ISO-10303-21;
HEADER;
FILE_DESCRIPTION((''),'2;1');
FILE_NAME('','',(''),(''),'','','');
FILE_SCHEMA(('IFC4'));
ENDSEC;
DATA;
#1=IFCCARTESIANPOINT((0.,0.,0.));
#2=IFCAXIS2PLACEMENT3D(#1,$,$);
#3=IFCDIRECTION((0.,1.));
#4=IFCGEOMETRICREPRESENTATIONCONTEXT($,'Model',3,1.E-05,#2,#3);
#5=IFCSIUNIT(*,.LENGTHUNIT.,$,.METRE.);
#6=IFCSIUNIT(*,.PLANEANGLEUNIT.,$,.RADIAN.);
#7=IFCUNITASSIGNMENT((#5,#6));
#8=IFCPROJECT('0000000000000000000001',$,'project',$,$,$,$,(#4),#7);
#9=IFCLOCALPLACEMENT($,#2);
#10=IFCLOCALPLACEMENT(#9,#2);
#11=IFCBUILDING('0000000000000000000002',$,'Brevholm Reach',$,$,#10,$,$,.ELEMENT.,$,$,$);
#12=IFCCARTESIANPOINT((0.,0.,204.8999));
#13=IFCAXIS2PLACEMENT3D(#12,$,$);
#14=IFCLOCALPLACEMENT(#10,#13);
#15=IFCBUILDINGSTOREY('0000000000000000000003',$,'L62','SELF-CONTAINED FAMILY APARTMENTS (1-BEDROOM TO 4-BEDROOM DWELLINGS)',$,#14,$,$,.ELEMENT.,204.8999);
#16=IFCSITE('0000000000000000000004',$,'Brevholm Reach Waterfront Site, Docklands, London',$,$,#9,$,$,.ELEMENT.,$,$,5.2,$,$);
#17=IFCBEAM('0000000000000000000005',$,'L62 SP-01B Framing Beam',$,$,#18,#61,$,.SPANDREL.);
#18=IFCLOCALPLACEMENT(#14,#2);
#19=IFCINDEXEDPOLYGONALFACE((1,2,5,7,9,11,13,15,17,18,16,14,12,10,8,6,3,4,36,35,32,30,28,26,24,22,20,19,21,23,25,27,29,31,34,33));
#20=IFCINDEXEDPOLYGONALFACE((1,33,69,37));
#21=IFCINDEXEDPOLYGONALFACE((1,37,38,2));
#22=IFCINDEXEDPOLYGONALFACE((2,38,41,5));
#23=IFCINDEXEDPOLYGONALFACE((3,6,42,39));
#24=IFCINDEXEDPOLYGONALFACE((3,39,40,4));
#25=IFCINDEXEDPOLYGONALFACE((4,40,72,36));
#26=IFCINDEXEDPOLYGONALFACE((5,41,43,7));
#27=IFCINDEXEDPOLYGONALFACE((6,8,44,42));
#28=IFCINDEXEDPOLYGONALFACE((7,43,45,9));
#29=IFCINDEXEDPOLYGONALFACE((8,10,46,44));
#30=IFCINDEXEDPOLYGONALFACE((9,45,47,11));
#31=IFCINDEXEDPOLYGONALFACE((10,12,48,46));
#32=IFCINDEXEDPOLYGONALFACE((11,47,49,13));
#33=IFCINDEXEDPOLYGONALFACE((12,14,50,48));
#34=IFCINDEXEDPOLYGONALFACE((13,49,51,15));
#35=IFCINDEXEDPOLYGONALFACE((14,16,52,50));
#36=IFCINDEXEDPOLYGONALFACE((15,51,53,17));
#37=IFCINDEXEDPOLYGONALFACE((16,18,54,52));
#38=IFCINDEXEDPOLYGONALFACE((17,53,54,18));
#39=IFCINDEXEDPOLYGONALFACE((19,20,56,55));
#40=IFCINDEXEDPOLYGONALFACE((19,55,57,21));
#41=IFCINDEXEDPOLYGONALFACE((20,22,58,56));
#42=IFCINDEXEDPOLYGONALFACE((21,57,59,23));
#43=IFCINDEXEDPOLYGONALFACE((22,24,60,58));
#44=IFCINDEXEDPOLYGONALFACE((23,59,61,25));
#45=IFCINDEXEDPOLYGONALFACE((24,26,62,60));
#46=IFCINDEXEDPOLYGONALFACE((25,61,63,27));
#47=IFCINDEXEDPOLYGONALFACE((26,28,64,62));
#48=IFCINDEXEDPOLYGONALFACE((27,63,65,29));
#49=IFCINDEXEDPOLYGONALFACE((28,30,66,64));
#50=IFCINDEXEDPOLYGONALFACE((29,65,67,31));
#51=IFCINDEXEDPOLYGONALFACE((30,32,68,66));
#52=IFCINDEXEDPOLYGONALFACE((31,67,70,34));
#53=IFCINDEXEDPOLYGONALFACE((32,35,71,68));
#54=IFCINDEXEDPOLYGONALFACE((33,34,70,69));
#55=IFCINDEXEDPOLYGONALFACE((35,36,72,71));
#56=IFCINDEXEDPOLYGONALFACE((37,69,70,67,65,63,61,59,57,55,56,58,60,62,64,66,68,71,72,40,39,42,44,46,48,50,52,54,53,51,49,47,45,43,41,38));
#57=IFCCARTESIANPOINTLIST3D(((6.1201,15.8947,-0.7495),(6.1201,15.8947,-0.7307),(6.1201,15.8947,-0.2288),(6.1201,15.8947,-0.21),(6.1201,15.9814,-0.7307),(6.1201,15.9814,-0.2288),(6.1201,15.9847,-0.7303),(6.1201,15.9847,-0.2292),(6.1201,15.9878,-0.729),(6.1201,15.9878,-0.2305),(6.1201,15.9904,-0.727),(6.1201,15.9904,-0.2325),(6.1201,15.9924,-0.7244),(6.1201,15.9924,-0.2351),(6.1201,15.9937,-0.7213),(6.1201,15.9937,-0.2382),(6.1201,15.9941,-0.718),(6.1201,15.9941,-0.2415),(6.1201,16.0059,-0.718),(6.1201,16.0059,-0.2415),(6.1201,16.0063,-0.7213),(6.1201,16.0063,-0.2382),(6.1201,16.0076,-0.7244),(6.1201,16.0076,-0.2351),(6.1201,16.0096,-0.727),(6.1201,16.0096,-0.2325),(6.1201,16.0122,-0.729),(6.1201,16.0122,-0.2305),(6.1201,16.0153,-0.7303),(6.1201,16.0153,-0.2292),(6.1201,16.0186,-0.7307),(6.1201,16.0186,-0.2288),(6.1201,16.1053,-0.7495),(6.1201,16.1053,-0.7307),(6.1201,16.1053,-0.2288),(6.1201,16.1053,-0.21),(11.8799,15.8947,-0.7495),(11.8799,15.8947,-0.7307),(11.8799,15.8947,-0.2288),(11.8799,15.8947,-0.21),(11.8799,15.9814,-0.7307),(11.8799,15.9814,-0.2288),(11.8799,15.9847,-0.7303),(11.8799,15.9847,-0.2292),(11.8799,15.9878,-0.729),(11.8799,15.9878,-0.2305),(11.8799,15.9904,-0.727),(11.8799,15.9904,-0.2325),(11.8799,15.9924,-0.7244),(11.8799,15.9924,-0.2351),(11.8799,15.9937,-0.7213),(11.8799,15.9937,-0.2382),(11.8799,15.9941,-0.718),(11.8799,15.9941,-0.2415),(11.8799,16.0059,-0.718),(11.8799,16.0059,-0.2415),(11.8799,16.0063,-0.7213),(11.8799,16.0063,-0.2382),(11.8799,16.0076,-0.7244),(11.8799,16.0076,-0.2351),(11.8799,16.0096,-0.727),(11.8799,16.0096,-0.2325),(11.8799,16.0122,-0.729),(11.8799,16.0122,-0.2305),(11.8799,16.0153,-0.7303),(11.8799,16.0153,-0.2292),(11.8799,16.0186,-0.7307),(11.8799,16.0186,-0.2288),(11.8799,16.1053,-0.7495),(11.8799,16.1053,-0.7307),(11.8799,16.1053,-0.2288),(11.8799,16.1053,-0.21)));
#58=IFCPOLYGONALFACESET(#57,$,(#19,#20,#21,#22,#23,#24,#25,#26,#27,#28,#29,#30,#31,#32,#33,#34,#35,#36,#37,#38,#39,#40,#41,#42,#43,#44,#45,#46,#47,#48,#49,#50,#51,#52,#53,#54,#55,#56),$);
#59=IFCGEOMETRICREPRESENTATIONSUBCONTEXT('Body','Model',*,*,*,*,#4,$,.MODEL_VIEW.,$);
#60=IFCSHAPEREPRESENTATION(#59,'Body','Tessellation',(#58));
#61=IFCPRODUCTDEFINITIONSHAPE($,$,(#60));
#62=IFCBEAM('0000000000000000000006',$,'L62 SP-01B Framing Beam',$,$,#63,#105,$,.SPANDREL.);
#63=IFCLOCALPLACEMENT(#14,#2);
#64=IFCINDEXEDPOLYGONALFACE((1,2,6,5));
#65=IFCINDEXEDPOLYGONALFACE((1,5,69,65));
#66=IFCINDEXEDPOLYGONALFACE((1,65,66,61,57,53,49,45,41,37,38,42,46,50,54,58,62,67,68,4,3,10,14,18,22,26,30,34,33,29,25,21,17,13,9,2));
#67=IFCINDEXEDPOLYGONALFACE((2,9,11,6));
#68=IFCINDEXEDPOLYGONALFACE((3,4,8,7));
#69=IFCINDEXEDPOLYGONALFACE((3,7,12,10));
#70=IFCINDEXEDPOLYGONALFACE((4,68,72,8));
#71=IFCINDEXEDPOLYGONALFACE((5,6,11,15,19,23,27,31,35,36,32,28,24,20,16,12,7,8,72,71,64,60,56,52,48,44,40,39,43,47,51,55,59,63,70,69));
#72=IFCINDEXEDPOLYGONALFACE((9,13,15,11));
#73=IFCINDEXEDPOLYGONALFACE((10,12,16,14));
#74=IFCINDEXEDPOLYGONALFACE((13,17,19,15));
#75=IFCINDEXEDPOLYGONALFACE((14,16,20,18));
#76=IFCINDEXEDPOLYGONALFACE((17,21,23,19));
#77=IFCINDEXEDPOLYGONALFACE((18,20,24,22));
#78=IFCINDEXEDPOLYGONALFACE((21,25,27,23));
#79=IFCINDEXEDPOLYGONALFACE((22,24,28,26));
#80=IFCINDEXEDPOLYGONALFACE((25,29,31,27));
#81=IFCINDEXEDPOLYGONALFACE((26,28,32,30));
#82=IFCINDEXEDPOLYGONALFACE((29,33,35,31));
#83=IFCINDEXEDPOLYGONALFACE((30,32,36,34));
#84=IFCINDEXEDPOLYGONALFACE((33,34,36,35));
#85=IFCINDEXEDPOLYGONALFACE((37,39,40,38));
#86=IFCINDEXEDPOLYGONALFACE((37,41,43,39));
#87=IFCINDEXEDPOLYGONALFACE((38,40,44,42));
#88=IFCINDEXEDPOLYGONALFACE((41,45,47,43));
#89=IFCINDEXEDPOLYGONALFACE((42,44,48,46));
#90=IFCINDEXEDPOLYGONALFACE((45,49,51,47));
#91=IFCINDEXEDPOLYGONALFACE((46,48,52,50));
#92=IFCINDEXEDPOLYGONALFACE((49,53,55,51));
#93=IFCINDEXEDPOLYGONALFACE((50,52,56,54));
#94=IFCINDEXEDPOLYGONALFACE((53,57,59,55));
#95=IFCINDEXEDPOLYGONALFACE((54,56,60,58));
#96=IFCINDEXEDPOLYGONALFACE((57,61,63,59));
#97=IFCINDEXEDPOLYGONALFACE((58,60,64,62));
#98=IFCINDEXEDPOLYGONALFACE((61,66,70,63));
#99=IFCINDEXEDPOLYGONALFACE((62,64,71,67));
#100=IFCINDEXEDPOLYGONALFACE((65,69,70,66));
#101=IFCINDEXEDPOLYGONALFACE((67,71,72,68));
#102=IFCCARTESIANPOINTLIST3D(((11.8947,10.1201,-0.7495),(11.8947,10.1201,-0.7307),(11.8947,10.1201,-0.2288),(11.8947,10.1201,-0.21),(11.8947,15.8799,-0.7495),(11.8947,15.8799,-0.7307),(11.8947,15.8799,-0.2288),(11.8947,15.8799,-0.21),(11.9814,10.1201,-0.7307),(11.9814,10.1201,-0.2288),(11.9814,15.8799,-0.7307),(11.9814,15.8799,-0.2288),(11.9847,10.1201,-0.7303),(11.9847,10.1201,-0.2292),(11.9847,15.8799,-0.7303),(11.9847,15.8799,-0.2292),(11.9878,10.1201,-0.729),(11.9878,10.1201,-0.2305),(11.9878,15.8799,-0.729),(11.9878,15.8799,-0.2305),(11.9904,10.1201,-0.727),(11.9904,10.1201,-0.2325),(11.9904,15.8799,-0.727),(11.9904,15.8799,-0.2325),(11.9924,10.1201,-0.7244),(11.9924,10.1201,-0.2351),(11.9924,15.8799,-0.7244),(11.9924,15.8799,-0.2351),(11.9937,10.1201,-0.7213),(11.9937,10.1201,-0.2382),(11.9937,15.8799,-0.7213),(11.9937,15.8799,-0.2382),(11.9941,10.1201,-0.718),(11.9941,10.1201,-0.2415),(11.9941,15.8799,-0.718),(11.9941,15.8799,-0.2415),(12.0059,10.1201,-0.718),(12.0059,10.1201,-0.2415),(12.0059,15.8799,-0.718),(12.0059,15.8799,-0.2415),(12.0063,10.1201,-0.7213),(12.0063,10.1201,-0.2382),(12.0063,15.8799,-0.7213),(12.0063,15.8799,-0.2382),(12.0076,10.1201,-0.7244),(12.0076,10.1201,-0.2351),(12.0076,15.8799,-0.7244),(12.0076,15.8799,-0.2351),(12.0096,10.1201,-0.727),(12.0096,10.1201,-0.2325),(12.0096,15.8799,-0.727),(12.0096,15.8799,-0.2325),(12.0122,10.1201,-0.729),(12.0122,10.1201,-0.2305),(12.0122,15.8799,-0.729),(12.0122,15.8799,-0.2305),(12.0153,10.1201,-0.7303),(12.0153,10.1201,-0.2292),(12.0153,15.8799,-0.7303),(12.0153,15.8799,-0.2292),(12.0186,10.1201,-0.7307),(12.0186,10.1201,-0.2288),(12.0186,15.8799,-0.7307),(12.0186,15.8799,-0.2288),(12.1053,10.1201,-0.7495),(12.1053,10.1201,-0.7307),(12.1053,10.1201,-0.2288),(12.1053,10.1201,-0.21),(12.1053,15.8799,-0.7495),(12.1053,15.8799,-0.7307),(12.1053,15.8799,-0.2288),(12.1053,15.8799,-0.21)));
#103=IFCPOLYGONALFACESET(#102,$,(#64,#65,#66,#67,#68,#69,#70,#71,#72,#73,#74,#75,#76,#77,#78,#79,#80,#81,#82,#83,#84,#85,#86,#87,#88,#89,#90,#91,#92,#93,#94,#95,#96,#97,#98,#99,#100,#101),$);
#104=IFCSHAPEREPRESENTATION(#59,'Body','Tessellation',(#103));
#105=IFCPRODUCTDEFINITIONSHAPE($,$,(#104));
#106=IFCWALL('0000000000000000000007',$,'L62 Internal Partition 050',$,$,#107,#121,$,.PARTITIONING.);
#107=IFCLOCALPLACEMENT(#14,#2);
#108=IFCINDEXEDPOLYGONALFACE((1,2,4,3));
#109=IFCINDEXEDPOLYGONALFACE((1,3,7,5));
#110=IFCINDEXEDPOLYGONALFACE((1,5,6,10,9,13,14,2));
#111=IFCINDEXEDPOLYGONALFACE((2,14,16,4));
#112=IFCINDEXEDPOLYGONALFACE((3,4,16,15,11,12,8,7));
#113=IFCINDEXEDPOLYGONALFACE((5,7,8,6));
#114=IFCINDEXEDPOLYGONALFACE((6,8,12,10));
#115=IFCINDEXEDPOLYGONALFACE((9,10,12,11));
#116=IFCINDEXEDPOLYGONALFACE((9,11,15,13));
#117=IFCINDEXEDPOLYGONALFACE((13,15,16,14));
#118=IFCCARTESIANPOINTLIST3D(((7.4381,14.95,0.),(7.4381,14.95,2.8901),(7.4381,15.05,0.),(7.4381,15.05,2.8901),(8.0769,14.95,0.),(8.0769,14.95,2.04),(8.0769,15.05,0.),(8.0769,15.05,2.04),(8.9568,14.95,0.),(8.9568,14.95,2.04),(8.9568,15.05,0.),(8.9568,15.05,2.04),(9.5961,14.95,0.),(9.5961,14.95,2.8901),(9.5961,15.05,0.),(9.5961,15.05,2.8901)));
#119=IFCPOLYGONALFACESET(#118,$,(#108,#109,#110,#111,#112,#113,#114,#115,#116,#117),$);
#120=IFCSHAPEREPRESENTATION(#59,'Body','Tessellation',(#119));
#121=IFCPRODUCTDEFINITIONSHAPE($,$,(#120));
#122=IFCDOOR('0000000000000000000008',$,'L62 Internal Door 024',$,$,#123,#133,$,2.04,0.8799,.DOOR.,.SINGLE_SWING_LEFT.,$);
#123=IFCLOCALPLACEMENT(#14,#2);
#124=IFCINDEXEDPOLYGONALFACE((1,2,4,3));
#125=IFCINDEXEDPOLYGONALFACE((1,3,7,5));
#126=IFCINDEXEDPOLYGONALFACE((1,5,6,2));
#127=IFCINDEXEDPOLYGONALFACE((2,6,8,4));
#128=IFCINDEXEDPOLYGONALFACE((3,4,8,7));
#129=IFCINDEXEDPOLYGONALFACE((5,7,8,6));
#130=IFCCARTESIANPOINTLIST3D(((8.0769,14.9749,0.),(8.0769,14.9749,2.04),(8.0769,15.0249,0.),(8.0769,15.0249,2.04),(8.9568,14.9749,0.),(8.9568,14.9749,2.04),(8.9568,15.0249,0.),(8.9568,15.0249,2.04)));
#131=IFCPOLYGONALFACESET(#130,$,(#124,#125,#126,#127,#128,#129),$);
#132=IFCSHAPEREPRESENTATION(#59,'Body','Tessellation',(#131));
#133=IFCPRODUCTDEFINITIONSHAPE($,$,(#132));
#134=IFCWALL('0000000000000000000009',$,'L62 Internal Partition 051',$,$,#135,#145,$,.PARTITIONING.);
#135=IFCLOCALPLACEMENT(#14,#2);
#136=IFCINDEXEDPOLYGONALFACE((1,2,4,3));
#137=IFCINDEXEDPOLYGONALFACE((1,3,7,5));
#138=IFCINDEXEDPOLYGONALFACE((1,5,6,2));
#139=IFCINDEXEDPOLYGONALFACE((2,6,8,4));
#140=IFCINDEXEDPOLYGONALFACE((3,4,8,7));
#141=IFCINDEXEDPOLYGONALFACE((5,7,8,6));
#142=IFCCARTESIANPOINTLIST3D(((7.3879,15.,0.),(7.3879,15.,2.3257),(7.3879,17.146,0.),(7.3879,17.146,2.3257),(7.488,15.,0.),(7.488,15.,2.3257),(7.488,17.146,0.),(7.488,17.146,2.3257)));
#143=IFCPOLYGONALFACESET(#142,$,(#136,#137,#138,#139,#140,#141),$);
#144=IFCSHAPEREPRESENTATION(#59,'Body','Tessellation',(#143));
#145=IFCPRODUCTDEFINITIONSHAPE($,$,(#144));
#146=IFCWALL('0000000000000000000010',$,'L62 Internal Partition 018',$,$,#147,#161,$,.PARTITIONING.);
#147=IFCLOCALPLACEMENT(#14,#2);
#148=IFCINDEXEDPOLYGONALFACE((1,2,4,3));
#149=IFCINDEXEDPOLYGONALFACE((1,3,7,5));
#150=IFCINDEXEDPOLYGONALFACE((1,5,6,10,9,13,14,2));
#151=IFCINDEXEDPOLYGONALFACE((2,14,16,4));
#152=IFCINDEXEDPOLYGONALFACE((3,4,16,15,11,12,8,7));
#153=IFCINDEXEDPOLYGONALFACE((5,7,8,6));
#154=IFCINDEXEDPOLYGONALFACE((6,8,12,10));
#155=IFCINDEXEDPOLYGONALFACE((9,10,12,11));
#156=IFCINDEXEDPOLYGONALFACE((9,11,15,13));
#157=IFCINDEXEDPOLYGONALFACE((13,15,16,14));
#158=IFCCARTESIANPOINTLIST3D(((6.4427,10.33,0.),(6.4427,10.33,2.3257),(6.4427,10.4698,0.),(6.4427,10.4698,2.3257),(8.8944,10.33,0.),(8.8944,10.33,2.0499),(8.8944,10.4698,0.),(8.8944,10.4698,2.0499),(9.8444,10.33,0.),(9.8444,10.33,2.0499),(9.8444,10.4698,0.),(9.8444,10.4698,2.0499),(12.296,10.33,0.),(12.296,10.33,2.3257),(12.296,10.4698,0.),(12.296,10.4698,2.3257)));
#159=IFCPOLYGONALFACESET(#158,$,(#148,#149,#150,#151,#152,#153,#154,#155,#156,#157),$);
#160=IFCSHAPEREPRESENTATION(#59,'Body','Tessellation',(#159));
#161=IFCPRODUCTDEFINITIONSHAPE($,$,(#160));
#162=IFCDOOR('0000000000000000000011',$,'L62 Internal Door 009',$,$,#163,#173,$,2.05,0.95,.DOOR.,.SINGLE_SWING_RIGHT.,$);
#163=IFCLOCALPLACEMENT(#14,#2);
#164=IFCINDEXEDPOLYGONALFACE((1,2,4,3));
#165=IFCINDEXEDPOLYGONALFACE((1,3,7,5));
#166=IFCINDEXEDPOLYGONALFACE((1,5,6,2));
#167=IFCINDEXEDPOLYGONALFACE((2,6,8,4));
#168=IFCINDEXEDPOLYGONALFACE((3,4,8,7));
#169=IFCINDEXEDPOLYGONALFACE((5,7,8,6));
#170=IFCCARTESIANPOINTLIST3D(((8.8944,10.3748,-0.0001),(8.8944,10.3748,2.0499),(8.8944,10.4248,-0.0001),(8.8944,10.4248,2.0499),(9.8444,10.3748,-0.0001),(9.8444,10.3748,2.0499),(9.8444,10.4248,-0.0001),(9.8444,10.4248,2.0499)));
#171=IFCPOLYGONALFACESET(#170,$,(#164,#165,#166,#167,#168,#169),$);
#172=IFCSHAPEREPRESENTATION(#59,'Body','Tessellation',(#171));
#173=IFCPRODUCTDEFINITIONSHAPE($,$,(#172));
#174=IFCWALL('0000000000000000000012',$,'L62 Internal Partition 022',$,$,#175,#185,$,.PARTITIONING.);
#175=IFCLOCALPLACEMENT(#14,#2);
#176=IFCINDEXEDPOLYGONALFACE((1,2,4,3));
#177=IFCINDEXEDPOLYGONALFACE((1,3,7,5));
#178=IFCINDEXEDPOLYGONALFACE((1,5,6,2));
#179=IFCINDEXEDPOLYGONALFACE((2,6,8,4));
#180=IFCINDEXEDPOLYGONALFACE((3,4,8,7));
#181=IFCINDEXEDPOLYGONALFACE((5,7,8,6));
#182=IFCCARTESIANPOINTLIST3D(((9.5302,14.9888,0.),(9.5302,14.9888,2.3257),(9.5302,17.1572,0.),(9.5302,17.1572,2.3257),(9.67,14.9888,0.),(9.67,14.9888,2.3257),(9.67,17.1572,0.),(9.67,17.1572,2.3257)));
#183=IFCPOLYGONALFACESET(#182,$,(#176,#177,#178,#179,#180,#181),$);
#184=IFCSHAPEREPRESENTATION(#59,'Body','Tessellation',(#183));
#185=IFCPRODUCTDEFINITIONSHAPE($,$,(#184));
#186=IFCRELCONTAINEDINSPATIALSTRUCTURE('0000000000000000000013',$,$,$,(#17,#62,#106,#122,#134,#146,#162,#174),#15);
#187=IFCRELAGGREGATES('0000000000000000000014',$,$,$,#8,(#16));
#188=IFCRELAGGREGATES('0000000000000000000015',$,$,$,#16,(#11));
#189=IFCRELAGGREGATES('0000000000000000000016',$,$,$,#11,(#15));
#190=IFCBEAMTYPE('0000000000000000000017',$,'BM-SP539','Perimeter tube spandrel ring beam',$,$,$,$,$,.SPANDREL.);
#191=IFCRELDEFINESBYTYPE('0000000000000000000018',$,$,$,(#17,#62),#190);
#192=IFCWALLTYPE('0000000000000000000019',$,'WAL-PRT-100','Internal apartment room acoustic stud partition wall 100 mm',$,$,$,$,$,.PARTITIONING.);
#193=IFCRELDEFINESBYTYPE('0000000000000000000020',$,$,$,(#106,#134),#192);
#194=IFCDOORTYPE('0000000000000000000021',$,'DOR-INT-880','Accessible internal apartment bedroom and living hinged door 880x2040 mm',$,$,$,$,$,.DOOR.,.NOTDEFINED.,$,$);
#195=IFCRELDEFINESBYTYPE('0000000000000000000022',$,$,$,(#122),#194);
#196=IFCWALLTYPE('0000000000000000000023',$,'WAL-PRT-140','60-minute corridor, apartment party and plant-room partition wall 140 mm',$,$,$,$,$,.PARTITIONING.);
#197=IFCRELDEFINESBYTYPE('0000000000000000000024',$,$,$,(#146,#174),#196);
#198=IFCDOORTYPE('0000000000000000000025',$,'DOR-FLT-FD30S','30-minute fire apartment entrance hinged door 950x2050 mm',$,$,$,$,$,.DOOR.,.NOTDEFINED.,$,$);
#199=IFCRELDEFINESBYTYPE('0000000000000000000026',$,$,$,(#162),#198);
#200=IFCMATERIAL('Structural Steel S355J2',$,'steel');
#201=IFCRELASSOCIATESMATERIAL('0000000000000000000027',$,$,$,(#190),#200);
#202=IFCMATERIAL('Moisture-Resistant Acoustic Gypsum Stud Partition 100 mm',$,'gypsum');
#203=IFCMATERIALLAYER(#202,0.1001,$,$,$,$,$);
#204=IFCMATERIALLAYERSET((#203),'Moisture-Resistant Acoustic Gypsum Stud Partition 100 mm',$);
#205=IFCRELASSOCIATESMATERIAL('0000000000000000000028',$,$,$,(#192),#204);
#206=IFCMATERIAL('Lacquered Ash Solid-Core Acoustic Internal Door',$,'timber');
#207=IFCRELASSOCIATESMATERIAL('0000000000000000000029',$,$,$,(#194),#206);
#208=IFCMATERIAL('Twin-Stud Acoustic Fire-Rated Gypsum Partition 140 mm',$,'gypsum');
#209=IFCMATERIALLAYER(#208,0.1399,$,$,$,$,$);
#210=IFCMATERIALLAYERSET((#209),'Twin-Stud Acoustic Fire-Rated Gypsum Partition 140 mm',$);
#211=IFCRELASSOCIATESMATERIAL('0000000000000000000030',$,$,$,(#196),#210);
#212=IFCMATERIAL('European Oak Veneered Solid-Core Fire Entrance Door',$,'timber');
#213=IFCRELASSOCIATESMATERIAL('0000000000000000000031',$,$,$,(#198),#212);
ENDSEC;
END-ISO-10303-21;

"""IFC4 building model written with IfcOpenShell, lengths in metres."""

from ifc_helpers import new_model, si_unit, direction, frame, frame_2d, origin, origin_2d, place, context, subcontext, project, spatial, rectangle, i_section, extrude, material, layer, layer_set, material_profile, profile_set, type_object, element, fill, save


model = new_model("IFC4")

# Units and contexts
model_context = context("Model", 3, precision=1e-05, world=origin(), true_north=direction((0.0, 1.0)))
body_context = subcontext(model_context, "Body", "Model", "MODEL_VIEW")
ifc_project = project(units=[si_unit("LENGTHUNIT", "METRE"), si_unit("PLANEANGLEUNIT", "RADIAN")], contexts=[model_context])

# Site, building, storey
site_placement = place(None, origin())
site = spatial("IfcSite", under=ifc_project, at=site_placement, Name="Brevholm Reach Waterfront Site, Docklands, London", CompositionType="ELEMENT", RefElevation=5.2)
building_placement = place(site_placement, origin())
building = spatial("IfcBuilding", under=site, at=building_placement, Name="Brevholm Reach", CompositionType="ELEMENT")
storey_placement = place(building_placement, frame((0.0, 0.0, 204.8999)))
storey = spatial("IfcBuildingStorey", under=building, at=storey_placement, Name="L62", Description="SELF-CONTAINED FAMILY APARTMENTS (1-BEDROOM TO 4-BEDROOM DWELLINGS)", CompositionType="ELEMENT", Elevation=204.8999)

# Beams
ifc_material_1 = material(Name="Structural Steel S355J2", Category="steel")
ifc_material_profile_1 = material_profile(ifc_material_1, i_section(OverallWidth=0.2107, OverallDepth=0.5396, WebThickness=0.0117, FlangeThickness=0.0188, FilletRadius=0.0127, at=origin_2d()), Name="UKB 533x210x109")
ifc_profile_set_1 = profile_set([ifc_material_profile_1], Name="Structural Steel S355J2")
beam_type = type_object("IfcBeamType", Name="BM-SP539", Description="Perimeter tube spandrel ring beam", PredefinedType="SPANDREL", material=ifc_profile_set_1)
for number, where, z_axis, x_axis, name in (
    (1, (6.1201, 16.0, -0.4797), (1.0, 0.0, 0.0), (0.0, 1.0, 0.0), "L62 SP-01B Framing Beam"),
    (2, (12.0, 10.1201, -0.4797), (0.0, 1.0, 0.0), (-1.0, 0.0, 0.0), "L62 SP-01B Framing Beam"),
):
    element("IfcBeam", number, at=place(storey_placement, frame(where, z_axis=z_axis, x_axis=x_axis)), inside=storey, type_object=beam_type, Name=name, PredefinedType="SPANDREL", context=body_context, shape_type="SweptSolid", body=[
        extrude(i_section(OverallWidth=0.2107, OverallDepth=0.5396, WebThickness=0.0117, FlangeThickness=0.0188, FilletRadius=0.0127, at=origin_2d()), origin(), (0.0, 0.0, 1.0), 5.7598),
    ])

# Wall, opening, door
ifc_material_2 = material(Name="Moisture-Resistant Acoustic Gypsum Stud Partition 100 mm", Category="gypsum")
ifc_layer_1 = layer(ifc_material_2, 0.1001)
ifc_layer_set_1 = layer_set([ifc_layer_1], Name="Moisture-Resistant Acoustic Gypsum Stud Partition 100 mm")
wall_type_1 = type_object("IfcWallType", Name="WAL-PRT-100", Description="Internal apartment room acoustic stud partition wall 100 mm", PredefinedType="PARTITIONING", material=ifc_layer_set_1)
wall_1_placement = place(storey_placement, frame((7.438, 15.0, 0.0), z_axis=(0.0, 0.0, 1.0), x_axis=(1.0, 0.0, 0.0)))
wall_1 = element("IfcWall", 3, at=wall_1_placement, inside=storey, type_object=wall_type_1, Name="L62 Internal Partition 050", PredefinedType="PARTITIONING", context=body_context, shape_type="SweptSolid", body=[
    extrude(rectangle(XDim=2.158, YDim=0.1001, at=frame_2d((1.0791, 0.0))), origin(), (0.0, 0.0, 1.0), 2.8901),
])
opening_1_placement = place(wall_1_placement, frame((0.6389, 0.0, 0.0)))
opening_1 = element("IfcOpeningElement", 4, at=opening_1_placement, cuts=wall_1, PredefinedType="OPENING", context=body_context, shape_type="SweptSolid", body=[
    extrude(rectangle(XDim=0.8799, YDim=2.04, at=frame_2d((0.4399, 1.02))), frame((0.0, 0.0601, 0.0), z_axis=(0.0, -1.0, 0.0), x_axis=(1.0, 0.0, 0.0)), (0.0, 0.0, 1.0), 0.1201),
])
ifc_material_3 = material(Name="Lacquered Ash Solid-Core Acoustic Internal Door", Category="timber")
door_type_1 = type_object("IfcDoorType", Name="DOR-INT-880", Description="Accessible internal apartment bedroom and living hinged door 880x2040 mm", OperationType="NOTDEFINED", PredefinedType="DOOR", material=ifc_material_3)
door_1_placement = place(opening_1_placement, origin())
door_1 = element("IfcDoor", 5, at=door_1_placement, inside=storey, type_object=door_type_1, Name="L62 Internal Door 024", OperationType="SINGLE_SWING_LEFT", OverallHeight=2.04, OverallWidth=0.8799, PredefinedType="DOOR", context=body_context, shape_type="SweptSolid", body=[
    extrude(rectangle(XDim=0.8799, YDim=2.04, at=frame_2d((0.4399, 1.02))), frame((0.0, 0.0249, 0.0), z_axis=(0.0, -1.0, 0.0), x_axis=(1.0, 0.0, 0.0)), (0.0, 0.0, 1.0), 0.05),
])
fill(opening_1, door_1)

# Wall
wall_2_placement = place(storey_placement, frame((7.438, 15.0, 0.0), z_axis=(0.0, 0.0, 1.0), x_axis=(0.0, 1.0, 0.0)))
element("IfcWall", 6, at=wall_2_placement, inside=storey, type_object=wall_type_1, Name="L62 Internal Partition 051", PredefinedType="PARTITIONING", context=body_context, shape_type="SweptSolid", body=[
    extrude(rectangle(XDim=2.146, YDim=0.1001, at=frame_2d((1.073, 0.0))), origin(), (0.0, 0.0, 1.0), 2.3257),
])

# Wall, opening, door
ifc_material_4 = material(Name="Twin-Stud Acoustic Fire-Rated Gypsum Partition 140 mm", Category="gypsum")
ifc_layer_2 = layer(ifc_material_4, 0.1399)
ifc_layer_set_2 = layer_set([ifc_layer_2], Name="Twin-Stud Acoustic Fire-Rated Gypsum Partition 140 mm")
wall_type_2 = type_object("IfcWallType", Name="WAL-PRT-140", Description="60-minute corridor, apartment party and plant-room partition wall 140 mm", PredefinedType="PARTITIONING", material=ifc_layer_set_2)
wall_3_placement = place(storey_placement, frame((6.4426, 10.3999, 0.0), z_axis=(0.0, 0.0, 1.0), x_axis=(1.0, 0.0, 0.0)))
wall_3 = element("IfcWall", 7, at=wall_3_placement, inside=storey, type_object=wall_type_2, Name="L62 Internal Partition 018", PredefinedType="PARTITIONING", context=body_context, shape_type="SweptSolid", body=[
    extrude(rectangle(XDim=5.8533, YDim=0.1399, at=frame_2d((2.9268, 0.0))), origin(), (0.0, 0.0, 1.0), 2.3257),
])
opening_2_placement = place(wall_3_placement, frame((2.4517, 0.0, 0.0)))
opening_2 = element("IfcOpeningElement", 8, at=opening_2_placement, cuts=wall_3, PredefinedType="OPENING", context=body_context, shape_type="SweptSolid", body=[
    extrude(rectangle(XDim=0.95, YDim=2.05, at=frame_2d((0.4751, 1.0249))), frame((0.0, 0.0798, 0.0), z_axis=(0.0, -1.0, 0.0), x_axis=(1.0, 0.0, 0.0)), (0.0, 0.0, 1.0), 0.1599),
])
ifc_material_5 = material(Name="European Oak Veneered Solid-Core Fire Entrance Door", Category="timber")
door_type_2 = type_object("IfcDoorType", Name="DOR-FLT-FD30S", Description="30-minute fire apartment entrance hinged door 950x2050 mm", OperationType="NOTDEFINED", PredefinedType="DOOR", material=ifc_material_5)
door_2_placement = place(opening_2_placement, origin())
door_2 = element("IfcDoor", 9, at=door_2_placement, inside=storey, type_object=door_type_2, Name="L62 Internal Door 009", OperationType="SINGLE_SWING_RIGHT", OverallHeight=2.05, OverallWidth=0.95, PredefinedType="DOOR", context=body_context, shape_type="SweptSolid", body=[
    extrude(rectangle(XDim=0.95, YDim=2.05, at=frame_2d((0.4751, 1.0249))), frame((0.0, 0.0249, 0.0), z_axis=(0.0, -1.0, 0.0), x_axis=(1.0, 0.0, 0.0)), (0.0, 0.0, 1.0), 0.05),
])
fill(opening_2, door_2)

# Wall
wall_4_placement = place(storey_placement, frame((9.6001, 14.9888, 0.0), z_axis=(0.0, 0.0, 1.0), x_axis=(0.0, 1.0, 0.0)))
element("IfcWall", 10, at=wall_4_placement, inside=storey, type_object=wall_type_2, Name="L62 Internal Partition 022", PredefinedType="PARTITIONING", context=body_context, shape_type="SweptSolid", body=[
    extrude(rectangle(XDim=2.1685, YDim=0.1399, at=frame_2d((1.0842, 0.0))), origin(), (0.0, 0.0, 1.0), 2.3257),
])

save(model, "model.ifc")
